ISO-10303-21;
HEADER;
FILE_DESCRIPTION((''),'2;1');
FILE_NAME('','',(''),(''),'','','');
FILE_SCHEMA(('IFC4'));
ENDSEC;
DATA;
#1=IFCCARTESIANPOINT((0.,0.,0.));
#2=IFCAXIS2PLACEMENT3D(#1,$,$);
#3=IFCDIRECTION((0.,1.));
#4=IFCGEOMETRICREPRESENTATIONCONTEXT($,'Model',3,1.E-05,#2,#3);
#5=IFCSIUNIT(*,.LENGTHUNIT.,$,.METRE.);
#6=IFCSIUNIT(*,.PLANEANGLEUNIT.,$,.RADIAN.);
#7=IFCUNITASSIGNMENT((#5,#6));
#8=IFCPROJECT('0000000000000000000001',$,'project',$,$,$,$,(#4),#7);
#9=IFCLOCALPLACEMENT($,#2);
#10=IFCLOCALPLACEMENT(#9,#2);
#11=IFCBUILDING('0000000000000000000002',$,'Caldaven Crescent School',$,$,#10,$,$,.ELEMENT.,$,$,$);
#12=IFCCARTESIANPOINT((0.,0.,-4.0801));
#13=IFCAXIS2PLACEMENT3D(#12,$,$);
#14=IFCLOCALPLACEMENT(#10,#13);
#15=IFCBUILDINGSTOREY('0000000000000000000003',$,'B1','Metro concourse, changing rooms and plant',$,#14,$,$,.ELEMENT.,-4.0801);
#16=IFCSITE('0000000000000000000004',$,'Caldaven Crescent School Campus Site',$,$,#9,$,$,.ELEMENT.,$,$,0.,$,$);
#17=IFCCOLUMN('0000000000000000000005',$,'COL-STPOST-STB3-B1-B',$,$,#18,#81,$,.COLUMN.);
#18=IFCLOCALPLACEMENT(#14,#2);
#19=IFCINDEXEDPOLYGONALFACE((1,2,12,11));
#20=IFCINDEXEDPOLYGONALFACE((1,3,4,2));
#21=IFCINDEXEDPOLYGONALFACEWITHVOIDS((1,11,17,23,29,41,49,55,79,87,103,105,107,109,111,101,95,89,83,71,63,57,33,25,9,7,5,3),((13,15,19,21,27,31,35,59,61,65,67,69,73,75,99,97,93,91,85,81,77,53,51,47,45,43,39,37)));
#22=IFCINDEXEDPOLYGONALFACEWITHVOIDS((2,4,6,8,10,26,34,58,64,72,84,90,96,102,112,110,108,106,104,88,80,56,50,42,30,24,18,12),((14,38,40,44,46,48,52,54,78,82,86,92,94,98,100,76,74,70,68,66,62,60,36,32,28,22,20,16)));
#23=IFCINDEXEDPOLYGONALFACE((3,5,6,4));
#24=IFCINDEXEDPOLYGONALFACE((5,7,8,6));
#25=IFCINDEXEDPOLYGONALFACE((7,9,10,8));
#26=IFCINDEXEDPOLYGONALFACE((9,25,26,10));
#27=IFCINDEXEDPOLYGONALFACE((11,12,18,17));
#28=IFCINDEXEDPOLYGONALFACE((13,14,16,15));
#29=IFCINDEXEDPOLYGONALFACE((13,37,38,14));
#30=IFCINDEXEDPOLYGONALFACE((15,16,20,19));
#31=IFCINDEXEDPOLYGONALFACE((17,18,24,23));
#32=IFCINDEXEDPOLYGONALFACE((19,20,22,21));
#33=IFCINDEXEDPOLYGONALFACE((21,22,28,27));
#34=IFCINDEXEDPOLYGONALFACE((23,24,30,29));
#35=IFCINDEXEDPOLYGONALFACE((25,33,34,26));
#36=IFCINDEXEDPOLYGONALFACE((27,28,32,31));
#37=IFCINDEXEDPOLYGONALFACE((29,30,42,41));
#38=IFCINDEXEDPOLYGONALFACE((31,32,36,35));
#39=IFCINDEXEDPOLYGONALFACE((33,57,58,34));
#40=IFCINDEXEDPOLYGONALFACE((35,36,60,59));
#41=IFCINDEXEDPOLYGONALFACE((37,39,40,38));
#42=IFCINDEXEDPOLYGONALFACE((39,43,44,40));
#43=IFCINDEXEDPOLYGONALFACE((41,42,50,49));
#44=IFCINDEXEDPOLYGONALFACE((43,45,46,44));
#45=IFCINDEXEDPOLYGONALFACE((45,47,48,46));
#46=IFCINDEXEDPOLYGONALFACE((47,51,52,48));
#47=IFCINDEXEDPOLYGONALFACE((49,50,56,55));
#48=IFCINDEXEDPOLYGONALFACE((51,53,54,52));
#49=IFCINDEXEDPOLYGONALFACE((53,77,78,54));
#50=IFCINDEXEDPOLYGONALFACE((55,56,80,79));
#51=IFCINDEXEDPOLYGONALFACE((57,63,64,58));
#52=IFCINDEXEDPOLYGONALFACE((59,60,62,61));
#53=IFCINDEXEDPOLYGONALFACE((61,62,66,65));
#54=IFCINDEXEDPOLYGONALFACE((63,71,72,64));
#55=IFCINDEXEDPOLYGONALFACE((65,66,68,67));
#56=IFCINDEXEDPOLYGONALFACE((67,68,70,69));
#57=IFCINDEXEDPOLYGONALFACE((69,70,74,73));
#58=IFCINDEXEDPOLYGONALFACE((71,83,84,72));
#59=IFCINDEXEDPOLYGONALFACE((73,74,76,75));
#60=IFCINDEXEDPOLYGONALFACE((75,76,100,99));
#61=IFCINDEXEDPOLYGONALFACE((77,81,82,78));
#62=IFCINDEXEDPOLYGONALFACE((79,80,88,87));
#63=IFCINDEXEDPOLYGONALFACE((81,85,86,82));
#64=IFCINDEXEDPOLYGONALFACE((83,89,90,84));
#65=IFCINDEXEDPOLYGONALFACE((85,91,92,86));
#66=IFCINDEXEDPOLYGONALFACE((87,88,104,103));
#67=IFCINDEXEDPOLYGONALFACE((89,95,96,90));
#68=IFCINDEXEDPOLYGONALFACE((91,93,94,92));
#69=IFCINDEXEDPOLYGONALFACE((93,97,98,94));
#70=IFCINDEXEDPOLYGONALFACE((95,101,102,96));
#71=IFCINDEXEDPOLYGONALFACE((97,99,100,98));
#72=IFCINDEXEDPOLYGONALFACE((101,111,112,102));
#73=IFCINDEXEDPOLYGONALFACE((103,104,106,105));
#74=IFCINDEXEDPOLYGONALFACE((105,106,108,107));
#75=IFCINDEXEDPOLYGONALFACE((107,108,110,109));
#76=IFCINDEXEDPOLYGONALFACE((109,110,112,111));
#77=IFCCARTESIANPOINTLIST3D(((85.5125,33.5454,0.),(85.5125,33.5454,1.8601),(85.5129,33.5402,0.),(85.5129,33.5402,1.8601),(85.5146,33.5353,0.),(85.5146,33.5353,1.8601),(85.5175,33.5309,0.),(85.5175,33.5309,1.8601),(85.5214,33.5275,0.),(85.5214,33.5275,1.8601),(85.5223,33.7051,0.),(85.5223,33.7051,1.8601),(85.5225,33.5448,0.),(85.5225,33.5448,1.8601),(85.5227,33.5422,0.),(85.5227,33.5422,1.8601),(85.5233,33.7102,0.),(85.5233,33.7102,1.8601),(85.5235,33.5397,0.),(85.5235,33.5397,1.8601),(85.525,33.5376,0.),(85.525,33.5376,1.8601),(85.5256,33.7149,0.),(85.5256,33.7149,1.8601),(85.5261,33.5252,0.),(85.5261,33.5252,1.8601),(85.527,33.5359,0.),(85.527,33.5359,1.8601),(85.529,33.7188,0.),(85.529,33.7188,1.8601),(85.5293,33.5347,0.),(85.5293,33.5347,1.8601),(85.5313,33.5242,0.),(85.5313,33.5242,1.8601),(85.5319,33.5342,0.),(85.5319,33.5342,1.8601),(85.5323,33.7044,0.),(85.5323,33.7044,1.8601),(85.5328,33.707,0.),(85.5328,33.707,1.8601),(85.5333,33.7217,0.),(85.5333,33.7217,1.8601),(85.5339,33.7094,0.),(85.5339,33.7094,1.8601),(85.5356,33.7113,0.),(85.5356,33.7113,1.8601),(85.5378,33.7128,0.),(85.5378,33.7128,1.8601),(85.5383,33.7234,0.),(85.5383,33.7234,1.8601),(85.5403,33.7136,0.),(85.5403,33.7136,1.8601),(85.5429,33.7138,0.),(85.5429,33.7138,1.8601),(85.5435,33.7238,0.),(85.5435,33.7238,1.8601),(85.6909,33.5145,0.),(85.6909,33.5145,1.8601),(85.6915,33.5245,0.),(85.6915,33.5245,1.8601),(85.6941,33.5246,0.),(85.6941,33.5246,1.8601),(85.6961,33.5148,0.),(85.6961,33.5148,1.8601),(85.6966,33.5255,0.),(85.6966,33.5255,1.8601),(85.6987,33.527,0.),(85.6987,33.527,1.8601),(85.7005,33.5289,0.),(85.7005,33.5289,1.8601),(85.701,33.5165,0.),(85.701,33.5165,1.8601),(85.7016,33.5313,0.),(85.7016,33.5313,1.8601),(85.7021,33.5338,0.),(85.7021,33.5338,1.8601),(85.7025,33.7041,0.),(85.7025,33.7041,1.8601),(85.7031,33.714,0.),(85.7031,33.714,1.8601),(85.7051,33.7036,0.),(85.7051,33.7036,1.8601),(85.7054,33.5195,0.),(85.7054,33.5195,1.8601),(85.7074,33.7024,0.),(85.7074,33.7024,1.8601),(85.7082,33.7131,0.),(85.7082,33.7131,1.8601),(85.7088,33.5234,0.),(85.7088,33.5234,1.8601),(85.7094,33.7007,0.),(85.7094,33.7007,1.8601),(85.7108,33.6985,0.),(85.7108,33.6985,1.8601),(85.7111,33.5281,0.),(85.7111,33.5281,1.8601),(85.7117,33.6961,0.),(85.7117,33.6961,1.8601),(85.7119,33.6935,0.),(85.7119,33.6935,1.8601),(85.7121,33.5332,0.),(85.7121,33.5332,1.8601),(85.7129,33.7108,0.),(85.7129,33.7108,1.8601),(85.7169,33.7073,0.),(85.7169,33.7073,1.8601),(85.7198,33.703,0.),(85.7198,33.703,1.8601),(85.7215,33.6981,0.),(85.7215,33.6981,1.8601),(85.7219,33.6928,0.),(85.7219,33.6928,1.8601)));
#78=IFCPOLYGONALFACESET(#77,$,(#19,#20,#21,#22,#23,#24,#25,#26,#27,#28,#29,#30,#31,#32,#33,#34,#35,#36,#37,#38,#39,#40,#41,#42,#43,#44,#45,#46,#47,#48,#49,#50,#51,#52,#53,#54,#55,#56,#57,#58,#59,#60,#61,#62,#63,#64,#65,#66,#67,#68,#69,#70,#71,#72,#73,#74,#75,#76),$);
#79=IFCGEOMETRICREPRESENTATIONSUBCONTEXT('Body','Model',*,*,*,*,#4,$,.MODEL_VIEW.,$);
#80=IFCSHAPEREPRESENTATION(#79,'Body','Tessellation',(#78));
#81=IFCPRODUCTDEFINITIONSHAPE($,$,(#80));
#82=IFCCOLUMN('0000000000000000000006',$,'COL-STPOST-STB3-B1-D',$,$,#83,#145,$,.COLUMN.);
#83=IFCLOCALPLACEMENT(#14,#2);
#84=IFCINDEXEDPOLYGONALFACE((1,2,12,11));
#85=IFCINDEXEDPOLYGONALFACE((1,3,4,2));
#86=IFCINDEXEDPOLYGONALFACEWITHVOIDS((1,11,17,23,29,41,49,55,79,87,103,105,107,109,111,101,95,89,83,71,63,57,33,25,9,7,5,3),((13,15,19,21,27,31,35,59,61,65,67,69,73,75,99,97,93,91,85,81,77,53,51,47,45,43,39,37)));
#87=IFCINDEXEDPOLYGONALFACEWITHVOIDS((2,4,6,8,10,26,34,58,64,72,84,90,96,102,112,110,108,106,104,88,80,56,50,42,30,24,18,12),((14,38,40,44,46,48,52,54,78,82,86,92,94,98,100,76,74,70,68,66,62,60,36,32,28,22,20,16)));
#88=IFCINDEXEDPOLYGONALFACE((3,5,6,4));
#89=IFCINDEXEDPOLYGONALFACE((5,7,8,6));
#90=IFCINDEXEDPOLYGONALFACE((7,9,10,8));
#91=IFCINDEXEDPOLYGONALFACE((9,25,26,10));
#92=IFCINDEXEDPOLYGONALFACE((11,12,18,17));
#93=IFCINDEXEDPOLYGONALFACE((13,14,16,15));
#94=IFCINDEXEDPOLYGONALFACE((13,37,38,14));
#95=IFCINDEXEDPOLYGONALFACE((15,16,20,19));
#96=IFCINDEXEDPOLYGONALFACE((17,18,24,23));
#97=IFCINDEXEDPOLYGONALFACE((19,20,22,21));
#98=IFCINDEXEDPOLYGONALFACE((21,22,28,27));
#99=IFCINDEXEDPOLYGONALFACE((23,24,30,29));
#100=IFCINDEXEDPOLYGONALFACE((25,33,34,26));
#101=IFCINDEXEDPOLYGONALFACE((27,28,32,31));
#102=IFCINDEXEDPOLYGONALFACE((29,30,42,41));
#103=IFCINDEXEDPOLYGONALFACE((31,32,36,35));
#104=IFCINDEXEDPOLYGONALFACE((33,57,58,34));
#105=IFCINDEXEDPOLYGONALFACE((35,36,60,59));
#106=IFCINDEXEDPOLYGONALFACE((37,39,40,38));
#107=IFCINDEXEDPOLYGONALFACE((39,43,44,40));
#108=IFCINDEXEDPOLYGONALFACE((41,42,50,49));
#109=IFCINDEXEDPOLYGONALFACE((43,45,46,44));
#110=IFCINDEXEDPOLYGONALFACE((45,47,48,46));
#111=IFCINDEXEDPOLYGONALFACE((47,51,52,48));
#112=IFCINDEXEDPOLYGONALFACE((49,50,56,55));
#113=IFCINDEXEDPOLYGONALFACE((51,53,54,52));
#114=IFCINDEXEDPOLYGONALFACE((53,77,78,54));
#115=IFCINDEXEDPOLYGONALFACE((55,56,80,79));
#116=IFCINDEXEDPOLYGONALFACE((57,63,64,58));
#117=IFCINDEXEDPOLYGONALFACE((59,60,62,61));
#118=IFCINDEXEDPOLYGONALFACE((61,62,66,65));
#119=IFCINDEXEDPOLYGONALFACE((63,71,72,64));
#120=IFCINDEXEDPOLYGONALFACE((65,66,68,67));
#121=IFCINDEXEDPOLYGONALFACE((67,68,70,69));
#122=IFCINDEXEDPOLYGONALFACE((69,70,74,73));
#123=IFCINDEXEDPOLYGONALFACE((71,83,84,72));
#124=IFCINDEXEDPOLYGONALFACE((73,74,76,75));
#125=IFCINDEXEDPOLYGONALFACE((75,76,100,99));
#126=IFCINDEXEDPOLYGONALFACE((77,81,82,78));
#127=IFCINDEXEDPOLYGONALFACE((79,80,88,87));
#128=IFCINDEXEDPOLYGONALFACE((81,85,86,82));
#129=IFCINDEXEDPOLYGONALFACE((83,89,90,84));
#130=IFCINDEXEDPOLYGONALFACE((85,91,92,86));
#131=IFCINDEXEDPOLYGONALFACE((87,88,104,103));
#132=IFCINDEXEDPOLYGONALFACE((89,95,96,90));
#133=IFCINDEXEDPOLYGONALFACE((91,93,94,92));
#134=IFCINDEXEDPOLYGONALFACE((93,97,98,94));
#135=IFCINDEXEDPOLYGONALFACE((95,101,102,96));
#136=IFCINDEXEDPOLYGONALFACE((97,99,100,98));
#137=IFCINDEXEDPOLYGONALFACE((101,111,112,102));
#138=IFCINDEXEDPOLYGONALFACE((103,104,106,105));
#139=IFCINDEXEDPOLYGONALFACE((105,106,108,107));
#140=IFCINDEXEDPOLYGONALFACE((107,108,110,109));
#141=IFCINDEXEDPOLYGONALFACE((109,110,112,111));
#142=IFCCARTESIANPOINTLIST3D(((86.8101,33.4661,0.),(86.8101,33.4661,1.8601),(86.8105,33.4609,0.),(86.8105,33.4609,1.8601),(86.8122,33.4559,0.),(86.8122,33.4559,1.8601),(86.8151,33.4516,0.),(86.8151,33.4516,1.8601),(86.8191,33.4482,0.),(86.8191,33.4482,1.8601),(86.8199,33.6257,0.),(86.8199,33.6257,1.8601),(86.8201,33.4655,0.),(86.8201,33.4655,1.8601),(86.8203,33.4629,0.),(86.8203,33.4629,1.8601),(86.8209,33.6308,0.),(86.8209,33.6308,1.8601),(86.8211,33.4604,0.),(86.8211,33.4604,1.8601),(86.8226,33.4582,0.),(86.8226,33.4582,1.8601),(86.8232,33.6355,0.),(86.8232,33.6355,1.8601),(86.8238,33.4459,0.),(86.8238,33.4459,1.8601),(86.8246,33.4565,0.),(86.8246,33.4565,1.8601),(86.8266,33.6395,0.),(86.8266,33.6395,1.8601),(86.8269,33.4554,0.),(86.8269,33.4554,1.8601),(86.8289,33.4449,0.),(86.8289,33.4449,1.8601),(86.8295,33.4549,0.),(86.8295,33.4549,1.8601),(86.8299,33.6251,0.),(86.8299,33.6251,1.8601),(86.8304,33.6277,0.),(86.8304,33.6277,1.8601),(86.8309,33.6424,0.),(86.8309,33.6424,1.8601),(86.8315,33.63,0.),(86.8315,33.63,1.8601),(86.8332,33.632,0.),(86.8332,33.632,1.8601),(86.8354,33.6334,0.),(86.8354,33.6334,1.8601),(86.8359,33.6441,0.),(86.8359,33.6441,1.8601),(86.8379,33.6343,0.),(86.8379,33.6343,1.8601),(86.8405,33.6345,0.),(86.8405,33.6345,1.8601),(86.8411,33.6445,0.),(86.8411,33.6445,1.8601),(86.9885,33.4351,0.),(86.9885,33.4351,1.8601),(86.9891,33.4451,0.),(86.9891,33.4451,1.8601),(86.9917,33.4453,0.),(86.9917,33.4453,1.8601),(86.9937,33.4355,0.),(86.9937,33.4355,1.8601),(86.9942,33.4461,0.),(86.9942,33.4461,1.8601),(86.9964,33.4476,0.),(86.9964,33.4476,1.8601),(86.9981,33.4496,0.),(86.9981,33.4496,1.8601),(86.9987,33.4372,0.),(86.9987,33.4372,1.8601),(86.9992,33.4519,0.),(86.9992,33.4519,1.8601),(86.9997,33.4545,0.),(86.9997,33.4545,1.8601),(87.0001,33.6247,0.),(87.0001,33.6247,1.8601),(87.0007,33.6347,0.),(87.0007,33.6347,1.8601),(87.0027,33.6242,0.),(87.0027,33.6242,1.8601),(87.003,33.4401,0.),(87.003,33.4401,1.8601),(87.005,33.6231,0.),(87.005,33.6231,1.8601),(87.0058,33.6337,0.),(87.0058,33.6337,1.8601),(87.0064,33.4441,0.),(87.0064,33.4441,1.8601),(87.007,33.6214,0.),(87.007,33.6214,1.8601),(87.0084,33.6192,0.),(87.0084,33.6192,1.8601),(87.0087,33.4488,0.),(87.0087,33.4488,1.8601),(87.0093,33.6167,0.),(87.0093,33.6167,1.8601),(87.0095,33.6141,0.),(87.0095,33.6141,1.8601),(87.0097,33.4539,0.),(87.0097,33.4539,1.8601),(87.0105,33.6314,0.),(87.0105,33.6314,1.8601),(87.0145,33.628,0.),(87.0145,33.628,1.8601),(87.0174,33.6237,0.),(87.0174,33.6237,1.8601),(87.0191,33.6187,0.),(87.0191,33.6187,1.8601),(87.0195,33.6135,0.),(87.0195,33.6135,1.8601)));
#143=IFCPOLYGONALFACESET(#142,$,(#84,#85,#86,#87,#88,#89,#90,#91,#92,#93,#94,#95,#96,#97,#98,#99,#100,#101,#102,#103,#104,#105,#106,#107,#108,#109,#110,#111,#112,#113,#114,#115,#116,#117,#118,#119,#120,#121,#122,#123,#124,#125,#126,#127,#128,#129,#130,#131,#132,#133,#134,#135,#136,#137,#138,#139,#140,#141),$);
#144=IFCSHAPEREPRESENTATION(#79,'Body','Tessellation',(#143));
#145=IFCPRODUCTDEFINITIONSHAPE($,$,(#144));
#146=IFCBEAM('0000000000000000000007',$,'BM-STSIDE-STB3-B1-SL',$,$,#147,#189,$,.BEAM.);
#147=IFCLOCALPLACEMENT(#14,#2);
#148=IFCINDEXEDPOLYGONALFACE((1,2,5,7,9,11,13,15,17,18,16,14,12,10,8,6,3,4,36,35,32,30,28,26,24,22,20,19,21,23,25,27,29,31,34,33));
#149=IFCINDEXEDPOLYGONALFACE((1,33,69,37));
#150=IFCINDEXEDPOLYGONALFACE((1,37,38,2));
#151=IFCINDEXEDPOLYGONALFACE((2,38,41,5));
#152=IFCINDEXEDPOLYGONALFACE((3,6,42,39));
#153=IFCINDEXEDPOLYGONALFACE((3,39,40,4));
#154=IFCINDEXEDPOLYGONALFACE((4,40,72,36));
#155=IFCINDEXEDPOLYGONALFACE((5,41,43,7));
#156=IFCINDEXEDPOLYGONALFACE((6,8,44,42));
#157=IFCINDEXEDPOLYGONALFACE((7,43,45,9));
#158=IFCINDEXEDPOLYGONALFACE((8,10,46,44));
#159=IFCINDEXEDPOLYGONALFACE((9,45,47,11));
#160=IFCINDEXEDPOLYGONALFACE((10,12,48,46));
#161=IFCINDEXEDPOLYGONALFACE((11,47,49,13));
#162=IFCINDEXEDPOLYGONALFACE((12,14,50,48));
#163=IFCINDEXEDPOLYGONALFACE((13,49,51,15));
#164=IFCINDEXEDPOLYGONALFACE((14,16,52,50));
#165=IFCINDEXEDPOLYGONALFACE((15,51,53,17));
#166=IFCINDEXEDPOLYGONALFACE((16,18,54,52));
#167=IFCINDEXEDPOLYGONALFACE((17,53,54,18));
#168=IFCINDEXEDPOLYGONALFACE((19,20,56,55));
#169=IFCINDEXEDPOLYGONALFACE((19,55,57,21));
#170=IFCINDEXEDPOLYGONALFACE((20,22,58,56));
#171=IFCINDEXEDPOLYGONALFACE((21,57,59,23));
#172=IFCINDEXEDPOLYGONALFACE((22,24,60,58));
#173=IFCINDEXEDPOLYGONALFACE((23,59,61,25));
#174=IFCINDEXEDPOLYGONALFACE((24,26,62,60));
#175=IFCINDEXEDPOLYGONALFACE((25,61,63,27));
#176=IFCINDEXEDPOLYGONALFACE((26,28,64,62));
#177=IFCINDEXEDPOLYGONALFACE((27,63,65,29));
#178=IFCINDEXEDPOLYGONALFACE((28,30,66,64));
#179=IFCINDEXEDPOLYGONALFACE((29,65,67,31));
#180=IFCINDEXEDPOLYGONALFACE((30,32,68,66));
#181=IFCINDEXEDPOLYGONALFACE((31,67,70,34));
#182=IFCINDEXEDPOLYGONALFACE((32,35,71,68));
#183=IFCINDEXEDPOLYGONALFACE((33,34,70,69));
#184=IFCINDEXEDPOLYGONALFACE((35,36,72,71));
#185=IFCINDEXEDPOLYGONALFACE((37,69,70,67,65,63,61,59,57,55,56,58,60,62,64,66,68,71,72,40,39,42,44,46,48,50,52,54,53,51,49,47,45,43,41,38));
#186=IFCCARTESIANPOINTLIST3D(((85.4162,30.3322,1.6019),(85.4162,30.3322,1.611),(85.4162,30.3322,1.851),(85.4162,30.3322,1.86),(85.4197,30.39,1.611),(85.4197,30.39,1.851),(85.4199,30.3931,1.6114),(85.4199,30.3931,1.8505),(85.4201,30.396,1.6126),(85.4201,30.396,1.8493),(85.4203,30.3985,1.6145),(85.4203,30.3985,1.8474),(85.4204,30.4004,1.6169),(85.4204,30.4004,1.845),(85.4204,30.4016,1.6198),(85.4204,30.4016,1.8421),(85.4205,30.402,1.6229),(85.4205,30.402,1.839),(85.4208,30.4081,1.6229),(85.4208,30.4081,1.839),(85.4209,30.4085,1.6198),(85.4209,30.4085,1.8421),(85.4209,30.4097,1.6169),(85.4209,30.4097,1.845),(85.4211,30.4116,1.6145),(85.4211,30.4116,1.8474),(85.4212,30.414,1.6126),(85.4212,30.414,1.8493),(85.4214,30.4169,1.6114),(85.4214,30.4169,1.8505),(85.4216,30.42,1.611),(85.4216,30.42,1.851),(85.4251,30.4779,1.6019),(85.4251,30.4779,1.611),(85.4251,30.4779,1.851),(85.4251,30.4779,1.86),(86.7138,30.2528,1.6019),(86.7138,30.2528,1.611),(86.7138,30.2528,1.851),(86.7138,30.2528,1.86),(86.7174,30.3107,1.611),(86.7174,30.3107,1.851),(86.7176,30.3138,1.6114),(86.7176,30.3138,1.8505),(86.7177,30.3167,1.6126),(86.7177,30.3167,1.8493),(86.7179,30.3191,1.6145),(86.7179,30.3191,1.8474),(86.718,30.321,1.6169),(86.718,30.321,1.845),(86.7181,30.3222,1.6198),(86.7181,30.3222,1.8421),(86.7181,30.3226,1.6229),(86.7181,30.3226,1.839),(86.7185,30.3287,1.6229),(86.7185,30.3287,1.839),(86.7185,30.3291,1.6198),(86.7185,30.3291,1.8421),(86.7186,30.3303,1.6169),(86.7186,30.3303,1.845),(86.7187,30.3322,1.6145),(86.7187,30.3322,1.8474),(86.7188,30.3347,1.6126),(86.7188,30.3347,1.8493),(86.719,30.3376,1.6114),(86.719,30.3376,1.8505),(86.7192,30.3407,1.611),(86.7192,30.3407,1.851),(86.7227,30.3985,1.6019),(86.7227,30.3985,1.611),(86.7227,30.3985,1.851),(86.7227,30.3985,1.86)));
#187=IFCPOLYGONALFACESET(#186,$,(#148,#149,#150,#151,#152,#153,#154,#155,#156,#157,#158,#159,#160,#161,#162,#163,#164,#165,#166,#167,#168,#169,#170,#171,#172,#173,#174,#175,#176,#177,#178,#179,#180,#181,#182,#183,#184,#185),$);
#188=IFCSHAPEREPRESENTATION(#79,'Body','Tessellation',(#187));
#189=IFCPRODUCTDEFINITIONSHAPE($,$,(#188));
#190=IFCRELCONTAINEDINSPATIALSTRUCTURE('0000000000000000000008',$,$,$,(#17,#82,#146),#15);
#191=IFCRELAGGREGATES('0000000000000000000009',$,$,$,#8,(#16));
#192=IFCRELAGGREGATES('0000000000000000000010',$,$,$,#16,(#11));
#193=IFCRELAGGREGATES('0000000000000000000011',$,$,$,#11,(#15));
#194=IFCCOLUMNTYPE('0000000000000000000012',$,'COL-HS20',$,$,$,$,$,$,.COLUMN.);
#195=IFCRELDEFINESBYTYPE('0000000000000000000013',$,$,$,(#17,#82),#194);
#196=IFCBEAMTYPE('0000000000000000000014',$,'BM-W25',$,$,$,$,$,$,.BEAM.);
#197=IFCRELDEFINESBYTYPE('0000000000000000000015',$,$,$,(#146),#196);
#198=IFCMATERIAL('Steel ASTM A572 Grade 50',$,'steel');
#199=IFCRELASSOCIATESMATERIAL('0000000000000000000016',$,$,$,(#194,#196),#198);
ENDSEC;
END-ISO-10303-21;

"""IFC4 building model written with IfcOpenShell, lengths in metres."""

from ifc_helpers import new_model, si_unit, direction, frame, origin, origin_2d, place, context, subcontext, project, spatial, hollow_rectangle, i_section, extrude, material, material_profile, profile_set, type_object, element, save


model = new_model("IFC4")

# Units and contexts
model_context = context("Model", 3, precision=1e-05, world=origin(), true_north=direction((0.0, 1.0)))
body_context = subcontext(model_context, "Body", "Model", "MODEL_VIEW")
ifc_project = project(units=[si_unit("LENGTHUNIT", "METRE"), si_unit("PLANEANGLEUNIT", "RADIAN")], contexts=[model_context])

# Site, building, storey
site_placement = place(None, origin())
site = spatial("IfcSite", under=ifc_project, at=site_placement, Name="Caldaven Crescent School Campus Site", CompositionType="ELEMENT", RefElevation=0.0)
building_placement = place(site_placement, origin())
building = spatial("IfcBuilding", under=site, at=building_placement, Name="Caldaven Crescent School", CompositionType="ELEMENT")
storey_placement = place(building_placement, frame((0.0, 0.0, -4.0801)))
storey = spatial("IfcBuildingStorey", under=building, at=storey_placement, Name="B1", Description="Metro concourse, changing rooms and plant", CompositionType="ELEMENT", Elevation=-4.0801)

# Columns
ifc_material_1 = material(Name="Steel ASTM A572 Grade 50", Category="steel")
ifc_material_profile_1 = material_profile(ifc_material_1, hollow_rectangle(XDim=0.2, YDim=0.2, WallThickness=0.01, InnerFilletRadius=0.01, OuterFilletRadius=0.02, at=origin_2d()), Name="HSS 200x200x10")
ifc_profile_set_1 = profile_set([ifc_material_profile_1], Name="Steel ASTM A572 Grade 50")
column_type = type_object("IfcColumnType", Name="COL-HS20", PredefinedType="COLUMN", material=ifc_profile_set_1)
for number, where, z_axis, x_axis, name in (
    (1, (85.6172, 33.6191, 0.0), (0.0, 0.0, 1.0), (0.998135, -0.061049, 0.0), "COL-STPOST-STB3-B1-B"),
    (2, (86.9148, 33.5398, 0.0), (0.0, 0.0, 1.0), (0.998135, -0.061049, 0.0), "COL-STPOST-STB3-B1-D"),
):
    element("IfcColumn", number, at=place(storey_placement, frame(where, z_axis=z_axis, x_axis=x_axis)), inside=storey, type_object=column_type, Name=name, PredefinedType="COLUMN", context=body_context, shape_type="SweptSolid", body=[
        extrude(hollow_rectangle(XDim=0.2, YDim=0.2, WallThickness=0.01, InnerFilletRadius=0.01, OuterFilletRadius=0.02, at=origin_2d()), origin(), (0.0, 0.0, 1.0), 1.8601),
    ])

# Beam
ifc_material_profile_2 = material_profile(ifc_material_1, i_section(OverallWidth=0.146, OverallDepth=0.2581, WebThickness=0.0061, FlangeThickness=0.009, FilletRadius=0.012, at=origin_2d()), Name="W250x33")
ifc_profile_set_2 = profile_set([ifc_material_profile_2], Name="Steel ASTM A572 Grade 50")
beam_type_1 = type_object("IfcBeamType", Name="BM-W25", PredefinedType="BEAM", material=ifc_profile_set_2)
for number, where, z_axis, x_axis, name in (
    (3, (85.4207, 30.405, 1.731), (0.998136, -0.061034, 0.0), (0.061034, 0.998136, 0.0), "BM-STSIDE-STB3-B1-SL"),
):
    element("IfcBeam", number, at=place(storey_placement, frame(where, z_axis=z_axis, x_axis=x_axis)), inside=storey, type_object=beam_type_1, Name=name, PredefinedType="BEAM", context=body_context, shape_type="SweptSolid", body=[
        extrude(i_section(OverallWidth=0.146, OverallDepth=0.2581, WebThickness=0.0061, FlangeThickness=0.009, FilletRadius=0.012, at=origin_2d()), origin(), (0.0, 0.0, 1.0), 1.3),
    ])

save(model, "model.ifc")
